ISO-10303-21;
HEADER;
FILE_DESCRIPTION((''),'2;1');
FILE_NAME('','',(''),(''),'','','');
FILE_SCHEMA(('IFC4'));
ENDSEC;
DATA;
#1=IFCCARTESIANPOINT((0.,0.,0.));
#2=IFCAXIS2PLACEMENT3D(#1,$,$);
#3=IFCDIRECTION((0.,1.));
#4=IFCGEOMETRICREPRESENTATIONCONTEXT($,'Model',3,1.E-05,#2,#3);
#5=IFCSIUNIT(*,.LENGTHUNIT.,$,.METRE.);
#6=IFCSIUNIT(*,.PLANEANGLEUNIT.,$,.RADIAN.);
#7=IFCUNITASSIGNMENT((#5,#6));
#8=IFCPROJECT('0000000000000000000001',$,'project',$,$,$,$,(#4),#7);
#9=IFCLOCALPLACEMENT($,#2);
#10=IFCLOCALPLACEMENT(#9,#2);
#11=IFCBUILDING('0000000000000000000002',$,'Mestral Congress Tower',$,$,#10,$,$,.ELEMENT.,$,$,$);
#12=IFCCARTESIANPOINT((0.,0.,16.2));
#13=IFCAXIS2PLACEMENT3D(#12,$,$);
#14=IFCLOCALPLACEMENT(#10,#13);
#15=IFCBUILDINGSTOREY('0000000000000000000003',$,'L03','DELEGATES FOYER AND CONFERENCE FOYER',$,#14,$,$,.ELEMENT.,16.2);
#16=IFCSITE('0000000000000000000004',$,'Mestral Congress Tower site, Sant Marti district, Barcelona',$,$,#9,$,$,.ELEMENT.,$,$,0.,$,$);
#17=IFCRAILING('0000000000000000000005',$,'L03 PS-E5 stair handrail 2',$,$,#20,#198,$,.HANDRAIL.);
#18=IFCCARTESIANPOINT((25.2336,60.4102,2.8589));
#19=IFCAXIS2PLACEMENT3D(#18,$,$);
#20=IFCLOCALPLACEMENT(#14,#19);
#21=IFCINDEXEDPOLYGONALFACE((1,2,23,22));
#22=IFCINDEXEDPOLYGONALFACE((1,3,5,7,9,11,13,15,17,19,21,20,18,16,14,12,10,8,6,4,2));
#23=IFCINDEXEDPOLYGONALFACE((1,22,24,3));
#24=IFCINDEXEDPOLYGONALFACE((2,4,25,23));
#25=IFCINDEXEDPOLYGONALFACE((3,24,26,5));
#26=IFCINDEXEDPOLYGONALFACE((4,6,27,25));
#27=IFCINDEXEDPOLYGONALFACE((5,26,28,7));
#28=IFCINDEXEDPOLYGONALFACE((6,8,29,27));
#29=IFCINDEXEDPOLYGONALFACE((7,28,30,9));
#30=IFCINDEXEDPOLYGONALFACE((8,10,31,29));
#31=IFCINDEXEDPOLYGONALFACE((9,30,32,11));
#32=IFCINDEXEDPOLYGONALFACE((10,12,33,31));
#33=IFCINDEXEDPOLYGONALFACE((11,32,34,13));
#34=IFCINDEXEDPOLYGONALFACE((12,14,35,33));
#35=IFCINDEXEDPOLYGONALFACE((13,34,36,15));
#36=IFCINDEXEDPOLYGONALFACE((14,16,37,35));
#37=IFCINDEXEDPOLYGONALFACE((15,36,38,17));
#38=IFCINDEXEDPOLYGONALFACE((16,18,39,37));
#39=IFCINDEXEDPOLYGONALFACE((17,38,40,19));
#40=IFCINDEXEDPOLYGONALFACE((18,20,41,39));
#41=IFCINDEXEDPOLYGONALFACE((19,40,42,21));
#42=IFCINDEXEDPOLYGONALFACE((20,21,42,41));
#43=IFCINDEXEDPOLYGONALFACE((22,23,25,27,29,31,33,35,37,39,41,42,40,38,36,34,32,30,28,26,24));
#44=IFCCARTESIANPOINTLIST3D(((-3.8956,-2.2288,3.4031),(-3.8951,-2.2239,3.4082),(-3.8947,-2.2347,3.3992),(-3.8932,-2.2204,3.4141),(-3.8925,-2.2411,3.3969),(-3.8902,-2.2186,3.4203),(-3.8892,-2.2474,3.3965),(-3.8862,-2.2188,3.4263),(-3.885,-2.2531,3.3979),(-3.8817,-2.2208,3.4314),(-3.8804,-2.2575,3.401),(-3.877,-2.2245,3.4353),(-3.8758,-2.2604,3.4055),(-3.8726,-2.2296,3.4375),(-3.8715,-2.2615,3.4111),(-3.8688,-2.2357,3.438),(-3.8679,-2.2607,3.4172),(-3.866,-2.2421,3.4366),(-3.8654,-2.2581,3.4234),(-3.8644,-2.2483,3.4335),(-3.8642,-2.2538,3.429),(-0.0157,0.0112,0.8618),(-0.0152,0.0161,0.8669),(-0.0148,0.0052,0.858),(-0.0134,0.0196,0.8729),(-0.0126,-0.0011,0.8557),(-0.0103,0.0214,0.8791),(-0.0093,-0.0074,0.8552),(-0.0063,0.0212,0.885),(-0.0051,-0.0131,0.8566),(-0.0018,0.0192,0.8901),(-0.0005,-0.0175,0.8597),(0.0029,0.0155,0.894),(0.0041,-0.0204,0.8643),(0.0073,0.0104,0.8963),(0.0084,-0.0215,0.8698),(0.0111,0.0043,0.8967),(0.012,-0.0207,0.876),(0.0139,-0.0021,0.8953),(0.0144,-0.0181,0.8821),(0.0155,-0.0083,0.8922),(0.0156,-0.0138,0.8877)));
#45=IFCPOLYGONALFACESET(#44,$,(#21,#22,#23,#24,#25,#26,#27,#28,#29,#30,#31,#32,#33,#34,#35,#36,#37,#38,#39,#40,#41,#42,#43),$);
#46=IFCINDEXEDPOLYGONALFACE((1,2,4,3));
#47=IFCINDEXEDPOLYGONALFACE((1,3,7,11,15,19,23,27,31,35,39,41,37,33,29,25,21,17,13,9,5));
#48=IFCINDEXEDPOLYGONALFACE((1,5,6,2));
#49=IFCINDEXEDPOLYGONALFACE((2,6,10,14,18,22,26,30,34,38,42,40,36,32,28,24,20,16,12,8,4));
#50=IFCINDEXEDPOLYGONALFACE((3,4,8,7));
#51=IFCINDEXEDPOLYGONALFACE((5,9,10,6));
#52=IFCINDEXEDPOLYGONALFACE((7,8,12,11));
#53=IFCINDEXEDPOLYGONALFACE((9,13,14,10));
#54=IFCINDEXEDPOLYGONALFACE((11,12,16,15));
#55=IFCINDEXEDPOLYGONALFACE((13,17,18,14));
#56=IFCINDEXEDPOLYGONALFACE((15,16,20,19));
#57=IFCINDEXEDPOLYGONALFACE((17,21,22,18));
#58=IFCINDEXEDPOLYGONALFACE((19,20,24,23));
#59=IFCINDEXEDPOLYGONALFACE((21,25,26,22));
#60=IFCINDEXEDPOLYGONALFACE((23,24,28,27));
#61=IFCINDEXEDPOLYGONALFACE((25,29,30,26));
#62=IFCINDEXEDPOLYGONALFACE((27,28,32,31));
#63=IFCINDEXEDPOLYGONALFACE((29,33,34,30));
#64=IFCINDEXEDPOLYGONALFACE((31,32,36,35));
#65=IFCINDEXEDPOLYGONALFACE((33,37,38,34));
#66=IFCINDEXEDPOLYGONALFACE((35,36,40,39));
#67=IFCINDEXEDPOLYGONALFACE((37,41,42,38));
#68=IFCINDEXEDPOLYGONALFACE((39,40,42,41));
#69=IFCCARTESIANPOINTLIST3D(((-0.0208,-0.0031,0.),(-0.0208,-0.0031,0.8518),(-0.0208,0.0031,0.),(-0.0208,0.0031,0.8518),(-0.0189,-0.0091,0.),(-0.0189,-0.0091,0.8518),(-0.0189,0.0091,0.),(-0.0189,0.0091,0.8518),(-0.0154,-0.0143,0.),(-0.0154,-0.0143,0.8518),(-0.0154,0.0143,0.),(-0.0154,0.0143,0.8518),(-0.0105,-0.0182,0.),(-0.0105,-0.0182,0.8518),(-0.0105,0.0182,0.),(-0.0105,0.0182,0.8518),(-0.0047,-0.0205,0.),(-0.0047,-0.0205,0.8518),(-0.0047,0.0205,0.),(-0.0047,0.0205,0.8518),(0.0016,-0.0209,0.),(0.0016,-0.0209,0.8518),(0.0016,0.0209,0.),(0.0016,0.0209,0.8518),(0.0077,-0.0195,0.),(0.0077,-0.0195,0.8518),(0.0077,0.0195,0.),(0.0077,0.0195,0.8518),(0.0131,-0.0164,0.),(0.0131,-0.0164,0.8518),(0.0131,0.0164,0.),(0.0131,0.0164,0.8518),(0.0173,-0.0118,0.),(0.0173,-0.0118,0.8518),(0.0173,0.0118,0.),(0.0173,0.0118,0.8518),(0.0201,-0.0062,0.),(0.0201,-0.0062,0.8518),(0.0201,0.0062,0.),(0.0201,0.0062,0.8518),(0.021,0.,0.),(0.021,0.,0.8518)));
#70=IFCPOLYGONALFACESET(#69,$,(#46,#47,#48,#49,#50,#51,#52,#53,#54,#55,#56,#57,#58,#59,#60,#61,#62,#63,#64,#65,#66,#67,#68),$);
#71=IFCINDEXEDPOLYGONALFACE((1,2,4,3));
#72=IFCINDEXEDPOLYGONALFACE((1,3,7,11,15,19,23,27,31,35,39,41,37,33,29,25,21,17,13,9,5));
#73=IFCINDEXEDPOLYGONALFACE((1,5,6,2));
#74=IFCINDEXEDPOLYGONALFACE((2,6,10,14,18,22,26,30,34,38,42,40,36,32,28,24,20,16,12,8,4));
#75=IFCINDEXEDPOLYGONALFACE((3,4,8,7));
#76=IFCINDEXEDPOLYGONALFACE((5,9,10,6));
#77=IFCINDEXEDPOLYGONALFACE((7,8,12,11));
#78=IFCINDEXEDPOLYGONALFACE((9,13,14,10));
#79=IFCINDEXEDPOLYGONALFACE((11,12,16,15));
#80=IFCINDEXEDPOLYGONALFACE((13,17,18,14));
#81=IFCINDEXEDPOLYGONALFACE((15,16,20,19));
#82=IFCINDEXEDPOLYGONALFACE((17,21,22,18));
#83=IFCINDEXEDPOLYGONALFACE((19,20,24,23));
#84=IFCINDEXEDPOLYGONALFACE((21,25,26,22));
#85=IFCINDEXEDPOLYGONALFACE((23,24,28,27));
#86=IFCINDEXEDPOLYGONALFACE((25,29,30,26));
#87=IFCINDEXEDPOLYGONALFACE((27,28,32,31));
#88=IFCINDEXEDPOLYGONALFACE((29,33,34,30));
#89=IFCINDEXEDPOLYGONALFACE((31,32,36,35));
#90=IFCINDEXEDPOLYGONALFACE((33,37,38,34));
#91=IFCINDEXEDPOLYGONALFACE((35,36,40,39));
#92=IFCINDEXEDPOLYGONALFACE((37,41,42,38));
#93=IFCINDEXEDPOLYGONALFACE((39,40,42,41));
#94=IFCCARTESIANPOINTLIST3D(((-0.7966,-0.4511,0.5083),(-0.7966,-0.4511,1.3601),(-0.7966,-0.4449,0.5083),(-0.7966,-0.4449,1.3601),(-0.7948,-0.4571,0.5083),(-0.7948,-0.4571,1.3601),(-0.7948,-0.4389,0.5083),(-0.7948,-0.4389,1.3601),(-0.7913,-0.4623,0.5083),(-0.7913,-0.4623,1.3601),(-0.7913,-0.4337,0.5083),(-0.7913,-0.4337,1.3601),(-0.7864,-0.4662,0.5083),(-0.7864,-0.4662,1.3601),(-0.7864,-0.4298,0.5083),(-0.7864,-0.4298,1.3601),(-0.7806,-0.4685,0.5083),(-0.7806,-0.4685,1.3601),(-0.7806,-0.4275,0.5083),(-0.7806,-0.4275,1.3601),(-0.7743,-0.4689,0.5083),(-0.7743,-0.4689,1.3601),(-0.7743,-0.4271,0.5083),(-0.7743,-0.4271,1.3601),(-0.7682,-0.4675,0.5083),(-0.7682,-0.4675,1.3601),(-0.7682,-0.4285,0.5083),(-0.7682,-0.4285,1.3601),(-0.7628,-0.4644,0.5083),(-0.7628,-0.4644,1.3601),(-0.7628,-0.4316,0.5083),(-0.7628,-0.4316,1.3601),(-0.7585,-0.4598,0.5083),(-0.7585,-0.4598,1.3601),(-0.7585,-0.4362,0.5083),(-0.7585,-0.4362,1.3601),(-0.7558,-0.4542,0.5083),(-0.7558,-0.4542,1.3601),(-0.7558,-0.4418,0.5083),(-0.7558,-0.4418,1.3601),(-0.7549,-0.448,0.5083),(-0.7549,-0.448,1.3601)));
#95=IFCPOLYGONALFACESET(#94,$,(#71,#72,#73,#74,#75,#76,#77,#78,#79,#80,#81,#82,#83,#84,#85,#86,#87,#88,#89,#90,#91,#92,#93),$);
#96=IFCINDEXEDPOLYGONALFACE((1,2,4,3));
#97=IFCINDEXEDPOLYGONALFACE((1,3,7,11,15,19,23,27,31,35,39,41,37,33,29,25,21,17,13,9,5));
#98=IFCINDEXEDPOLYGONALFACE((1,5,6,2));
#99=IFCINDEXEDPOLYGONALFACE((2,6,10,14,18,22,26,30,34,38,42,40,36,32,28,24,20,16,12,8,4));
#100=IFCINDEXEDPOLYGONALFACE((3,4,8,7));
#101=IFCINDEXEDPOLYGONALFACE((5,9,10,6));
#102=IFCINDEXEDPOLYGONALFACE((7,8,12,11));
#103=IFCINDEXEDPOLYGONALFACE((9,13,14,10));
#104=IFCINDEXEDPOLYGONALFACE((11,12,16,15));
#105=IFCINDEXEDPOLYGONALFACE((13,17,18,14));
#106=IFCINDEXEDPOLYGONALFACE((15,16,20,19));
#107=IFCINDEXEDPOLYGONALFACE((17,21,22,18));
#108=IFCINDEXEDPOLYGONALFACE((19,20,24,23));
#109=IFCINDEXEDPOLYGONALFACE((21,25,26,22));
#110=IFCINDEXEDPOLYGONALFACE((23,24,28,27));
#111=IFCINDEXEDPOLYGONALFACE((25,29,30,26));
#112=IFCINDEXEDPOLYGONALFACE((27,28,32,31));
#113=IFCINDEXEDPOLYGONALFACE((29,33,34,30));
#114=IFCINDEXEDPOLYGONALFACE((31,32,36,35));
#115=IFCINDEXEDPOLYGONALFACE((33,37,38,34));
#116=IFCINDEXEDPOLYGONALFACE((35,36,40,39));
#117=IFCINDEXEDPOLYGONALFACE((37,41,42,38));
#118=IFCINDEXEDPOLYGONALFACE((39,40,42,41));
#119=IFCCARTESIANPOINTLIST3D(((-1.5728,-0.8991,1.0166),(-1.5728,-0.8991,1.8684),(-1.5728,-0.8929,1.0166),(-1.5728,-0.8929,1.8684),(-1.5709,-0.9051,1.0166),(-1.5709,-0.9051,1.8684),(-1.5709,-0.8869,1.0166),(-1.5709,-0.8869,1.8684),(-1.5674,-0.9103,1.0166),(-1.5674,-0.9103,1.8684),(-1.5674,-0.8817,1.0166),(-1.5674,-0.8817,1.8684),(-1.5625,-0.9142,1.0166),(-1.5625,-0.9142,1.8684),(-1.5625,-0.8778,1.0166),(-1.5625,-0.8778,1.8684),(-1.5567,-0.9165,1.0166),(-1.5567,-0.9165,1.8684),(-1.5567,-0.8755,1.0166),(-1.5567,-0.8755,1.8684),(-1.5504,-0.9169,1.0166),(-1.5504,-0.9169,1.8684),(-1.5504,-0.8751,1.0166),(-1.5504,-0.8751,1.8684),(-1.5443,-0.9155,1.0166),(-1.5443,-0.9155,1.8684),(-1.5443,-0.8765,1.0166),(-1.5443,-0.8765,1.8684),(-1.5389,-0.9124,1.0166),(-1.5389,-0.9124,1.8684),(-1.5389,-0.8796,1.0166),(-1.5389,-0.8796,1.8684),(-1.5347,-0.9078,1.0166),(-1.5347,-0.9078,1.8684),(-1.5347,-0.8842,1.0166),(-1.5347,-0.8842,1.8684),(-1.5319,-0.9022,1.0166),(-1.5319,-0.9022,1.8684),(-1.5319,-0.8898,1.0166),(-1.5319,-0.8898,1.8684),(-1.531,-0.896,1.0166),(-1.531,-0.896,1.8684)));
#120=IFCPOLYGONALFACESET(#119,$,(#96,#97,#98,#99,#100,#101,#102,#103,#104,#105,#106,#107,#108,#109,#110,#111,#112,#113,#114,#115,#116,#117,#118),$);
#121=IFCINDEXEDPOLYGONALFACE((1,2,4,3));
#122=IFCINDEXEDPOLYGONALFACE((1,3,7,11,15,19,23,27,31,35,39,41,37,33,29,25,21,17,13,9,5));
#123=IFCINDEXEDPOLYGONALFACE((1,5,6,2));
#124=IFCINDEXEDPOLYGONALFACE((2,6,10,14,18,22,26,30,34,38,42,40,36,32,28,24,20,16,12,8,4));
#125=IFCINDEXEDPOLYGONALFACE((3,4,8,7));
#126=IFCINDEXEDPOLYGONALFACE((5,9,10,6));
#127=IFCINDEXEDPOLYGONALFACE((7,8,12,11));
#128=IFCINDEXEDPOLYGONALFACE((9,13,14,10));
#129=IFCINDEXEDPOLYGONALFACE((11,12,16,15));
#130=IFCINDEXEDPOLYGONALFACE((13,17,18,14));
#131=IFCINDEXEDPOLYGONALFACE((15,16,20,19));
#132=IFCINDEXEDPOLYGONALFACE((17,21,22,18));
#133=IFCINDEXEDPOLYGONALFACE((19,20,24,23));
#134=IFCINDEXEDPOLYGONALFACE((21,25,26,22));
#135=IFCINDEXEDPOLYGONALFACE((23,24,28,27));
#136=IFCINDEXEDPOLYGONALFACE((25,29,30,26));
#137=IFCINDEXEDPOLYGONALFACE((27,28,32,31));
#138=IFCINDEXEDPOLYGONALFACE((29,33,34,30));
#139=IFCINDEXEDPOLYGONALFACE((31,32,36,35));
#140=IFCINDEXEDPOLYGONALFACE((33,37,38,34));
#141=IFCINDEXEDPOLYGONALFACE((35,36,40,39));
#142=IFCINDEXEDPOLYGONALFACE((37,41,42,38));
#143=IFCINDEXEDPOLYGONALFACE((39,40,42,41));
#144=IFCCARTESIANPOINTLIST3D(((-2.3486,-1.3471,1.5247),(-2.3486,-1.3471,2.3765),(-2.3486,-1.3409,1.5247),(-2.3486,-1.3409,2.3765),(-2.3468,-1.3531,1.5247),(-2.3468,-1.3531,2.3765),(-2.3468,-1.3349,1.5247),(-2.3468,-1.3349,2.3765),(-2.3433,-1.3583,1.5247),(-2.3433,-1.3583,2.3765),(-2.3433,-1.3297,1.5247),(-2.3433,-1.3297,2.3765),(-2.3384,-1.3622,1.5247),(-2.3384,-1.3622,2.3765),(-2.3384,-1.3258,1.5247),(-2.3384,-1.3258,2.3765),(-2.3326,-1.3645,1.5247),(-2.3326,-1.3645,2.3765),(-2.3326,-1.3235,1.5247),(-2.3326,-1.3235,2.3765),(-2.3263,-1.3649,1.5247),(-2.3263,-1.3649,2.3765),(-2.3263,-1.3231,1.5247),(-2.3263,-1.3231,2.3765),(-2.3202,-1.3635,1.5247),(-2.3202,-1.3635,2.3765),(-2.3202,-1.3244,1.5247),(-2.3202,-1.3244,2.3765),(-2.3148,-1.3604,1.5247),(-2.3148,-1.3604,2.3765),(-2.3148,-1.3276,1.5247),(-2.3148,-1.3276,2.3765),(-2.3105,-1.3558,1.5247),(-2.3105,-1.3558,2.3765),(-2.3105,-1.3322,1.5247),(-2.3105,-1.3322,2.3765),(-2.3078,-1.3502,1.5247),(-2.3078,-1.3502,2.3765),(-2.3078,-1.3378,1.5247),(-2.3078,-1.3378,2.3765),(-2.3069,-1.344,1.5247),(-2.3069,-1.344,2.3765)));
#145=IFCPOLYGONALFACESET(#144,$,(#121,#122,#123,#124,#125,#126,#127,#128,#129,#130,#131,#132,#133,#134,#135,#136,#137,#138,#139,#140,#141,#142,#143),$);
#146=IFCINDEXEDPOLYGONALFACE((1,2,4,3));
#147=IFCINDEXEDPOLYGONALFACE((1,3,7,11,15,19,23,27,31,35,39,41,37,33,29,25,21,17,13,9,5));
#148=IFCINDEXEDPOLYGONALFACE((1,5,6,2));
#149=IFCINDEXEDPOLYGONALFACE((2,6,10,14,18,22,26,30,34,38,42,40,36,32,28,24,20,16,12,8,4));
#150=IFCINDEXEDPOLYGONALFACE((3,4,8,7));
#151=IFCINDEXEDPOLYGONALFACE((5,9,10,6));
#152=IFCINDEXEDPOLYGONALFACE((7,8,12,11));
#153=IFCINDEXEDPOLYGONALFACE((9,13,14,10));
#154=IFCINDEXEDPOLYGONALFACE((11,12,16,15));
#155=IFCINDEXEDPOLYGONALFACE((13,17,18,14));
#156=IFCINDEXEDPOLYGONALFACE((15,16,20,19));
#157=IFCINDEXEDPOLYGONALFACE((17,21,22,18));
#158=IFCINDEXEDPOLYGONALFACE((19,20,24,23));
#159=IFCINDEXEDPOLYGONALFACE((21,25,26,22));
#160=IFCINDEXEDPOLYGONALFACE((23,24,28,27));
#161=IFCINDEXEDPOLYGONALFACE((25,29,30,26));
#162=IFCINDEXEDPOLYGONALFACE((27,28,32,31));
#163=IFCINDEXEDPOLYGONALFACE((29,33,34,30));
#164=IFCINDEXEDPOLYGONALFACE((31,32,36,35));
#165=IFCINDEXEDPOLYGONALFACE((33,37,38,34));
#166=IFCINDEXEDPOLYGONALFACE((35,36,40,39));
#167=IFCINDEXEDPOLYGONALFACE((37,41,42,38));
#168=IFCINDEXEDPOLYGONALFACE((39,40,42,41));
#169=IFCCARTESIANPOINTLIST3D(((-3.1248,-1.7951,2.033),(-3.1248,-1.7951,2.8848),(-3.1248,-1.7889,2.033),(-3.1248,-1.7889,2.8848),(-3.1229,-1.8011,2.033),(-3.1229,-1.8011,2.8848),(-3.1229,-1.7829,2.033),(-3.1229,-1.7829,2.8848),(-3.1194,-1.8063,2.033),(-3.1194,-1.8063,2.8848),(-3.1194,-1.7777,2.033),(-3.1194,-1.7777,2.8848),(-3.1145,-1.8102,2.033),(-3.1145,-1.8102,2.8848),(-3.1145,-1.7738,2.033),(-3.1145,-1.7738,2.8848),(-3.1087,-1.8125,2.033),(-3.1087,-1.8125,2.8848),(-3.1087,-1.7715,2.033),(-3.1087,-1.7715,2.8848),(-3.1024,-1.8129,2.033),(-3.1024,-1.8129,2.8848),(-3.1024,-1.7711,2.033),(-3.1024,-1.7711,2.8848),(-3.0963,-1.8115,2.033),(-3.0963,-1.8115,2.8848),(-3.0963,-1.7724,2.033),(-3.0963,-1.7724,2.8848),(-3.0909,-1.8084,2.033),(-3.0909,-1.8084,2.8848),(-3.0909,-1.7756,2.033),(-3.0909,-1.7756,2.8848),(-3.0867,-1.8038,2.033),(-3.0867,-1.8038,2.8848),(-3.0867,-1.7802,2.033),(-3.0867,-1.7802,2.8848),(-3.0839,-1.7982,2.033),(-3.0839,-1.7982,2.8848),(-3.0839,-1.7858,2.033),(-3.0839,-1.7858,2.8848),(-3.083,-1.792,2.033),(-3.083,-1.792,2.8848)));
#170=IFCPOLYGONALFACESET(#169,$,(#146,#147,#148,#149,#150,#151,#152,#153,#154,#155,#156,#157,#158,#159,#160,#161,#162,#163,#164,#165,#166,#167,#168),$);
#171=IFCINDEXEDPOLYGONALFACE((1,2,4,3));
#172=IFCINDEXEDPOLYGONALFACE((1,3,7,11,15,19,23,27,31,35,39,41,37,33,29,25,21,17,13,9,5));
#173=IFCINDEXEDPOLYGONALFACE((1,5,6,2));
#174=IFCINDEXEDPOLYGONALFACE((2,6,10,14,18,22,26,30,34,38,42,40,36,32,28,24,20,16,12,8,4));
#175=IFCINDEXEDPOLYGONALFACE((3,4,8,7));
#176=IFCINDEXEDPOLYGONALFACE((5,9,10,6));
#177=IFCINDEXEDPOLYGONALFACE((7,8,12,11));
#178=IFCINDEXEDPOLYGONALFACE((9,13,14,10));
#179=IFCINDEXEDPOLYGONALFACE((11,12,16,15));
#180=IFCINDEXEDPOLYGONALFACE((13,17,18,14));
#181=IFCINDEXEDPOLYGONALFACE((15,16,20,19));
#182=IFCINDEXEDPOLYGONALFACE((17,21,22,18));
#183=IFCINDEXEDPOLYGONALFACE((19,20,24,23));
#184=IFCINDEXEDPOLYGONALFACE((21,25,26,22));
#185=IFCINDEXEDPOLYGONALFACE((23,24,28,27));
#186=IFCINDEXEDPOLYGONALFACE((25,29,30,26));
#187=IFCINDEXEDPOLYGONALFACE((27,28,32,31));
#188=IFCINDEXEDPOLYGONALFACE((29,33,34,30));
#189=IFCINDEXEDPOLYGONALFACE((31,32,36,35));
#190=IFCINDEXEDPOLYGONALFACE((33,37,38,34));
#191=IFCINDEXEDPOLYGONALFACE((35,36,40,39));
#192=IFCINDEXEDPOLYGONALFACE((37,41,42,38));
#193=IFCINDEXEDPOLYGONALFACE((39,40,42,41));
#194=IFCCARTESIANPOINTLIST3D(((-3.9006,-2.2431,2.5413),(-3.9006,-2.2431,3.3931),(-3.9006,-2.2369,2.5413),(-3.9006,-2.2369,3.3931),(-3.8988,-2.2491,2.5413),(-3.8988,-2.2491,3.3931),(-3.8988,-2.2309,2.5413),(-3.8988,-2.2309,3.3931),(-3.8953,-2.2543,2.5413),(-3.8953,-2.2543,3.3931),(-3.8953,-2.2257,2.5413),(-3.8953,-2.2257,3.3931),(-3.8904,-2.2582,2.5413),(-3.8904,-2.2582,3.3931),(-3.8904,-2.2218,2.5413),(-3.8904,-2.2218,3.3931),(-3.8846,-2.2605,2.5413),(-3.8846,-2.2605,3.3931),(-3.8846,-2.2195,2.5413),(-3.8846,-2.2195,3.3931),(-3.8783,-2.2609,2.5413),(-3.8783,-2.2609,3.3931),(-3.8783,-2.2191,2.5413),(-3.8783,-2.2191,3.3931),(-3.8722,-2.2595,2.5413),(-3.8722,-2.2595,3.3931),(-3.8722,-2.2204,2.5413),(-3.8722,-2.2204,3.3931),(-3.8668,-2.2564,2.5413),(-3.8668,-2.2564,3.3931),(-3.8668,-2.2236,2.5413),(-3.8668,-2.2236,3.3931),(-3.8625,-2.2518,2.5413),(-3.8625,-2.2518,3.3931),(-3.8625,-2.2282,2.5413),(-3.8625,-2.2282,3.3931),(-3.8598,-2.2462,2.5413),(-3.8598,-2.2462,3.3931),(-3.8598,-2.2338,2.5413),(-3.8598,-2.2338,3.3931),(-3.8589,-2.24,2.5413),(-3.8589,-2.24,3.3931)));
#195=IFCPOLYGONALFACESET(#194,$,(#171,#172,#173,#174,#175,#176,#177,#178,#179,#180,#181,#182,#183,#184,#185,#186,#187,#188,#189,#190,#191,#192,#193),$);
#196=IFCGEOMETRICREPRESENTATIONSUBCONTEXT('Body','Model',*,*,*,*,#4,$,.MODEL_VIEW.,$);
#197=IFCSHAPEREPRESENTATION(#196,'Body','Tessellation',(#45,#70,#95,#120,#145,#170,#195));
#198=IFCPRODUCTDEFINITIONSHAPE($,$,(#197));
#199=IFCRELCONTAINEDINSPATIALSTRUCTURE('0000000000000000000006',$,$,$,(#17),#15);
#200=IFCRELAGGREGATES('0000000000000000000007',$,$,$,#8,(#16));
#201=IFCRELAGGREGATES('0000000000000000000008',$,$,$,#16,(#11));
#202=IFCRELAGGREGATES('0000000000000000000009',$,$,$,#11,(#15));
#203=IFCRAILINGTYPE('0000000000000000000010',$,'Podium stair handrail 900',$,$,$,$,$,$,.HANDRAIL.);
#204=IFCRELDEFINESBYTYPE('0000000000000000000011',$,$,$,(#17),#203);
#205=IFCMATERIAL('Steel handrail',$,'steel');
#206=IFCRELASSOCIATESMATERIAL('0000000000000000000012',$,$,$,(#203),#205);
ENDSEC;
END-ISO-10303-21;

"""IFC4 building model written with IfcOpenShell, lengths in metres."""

from ifc_helpers import new_model, si_unit, direction, frame, origin, origin_2d, place, context, subcontext, project, spatial, circle, extrude, material, type_object, element, save


model = new_model("IFC4")

# Units and contexts
model_context = context("Model", 3, precision=1e-05, world=origin(), true_north=direction((0.0, 1.0)))
body_context = subcontext(model_context, "Body", "Model", "MODEL_VIEW")
ifc_project = project(units=[si_unit("LENGTHUNIT", "METRE"), si_unit("PLANEANGLEUNIT", "RADIAN")], contexts=[model_context])

# Site, building, storey
site_placement = place(None, origin())
site = spatial("IfcSite", under=ifc_project, at=site_placement, Name="Mestral Congress Tower site, Sant Marti district, Barcelona", CompositionType="ELEMENT", RefElevation=0.0)
building_placement = place(site_placement, origin())
building = spatial("IfcBuilding", under=site, at=building_placement, Name="Mestral Congress Tower", CompositionType="ELEMENT")
storey_placement = place(building_placement, frame((0.0, 0.0, 16.2)))
storey = spatial("IfcBuildingStorey", under=building, at=storey_placement, Name="L03", Description="DELEGATES FOYER AND CONFERENCE FOYER", CompositionType="ELEMENT", Elevation=16.2)

# Railing
ifc_material_1 = material(Name="Steel handrail", Category="steel")
railing_type_1 = type_object("IfcRailingType", Name="Podium stair handrail 900", PredefinedType="HANDRAIL", material=ifc_material_1)
railing_1_placement = place(storey_placement, frame((25.2336, 60.4102, 2.8589)))
element("IfcRailing", 1, at=railing_1_placement, inside=storey, type_object=railing_type_1, Name="L03 PS-E5 stair handrail 2", PredefinedType="HANDRAIL", context=body_context, shape_type="SweptSolid", body=[
    extrude(circle(Radius=0.0239, at=origin_2d()), frame((0.0, 0.0, 0.876), z_axis=(-0.753282, -0.434896, 0.493388), x_axis=(0.49999, -0.866031, 0.0)), (0.0, 0.0, 1.0), 5.1506),
    extrude(circle(Radius=0.021, at=origin_2d()), origin(), (0.0, 0.0, 1.0), 0.8518),
    extrude(circle(Radius=0.021, at=origin_2d()), frame((-0.7759, -0.448, 0.5083)), (0.0, 0.0, 1.0), 0.8518),
    extrude(circle(Radius=0.021, at=origin_2d()), frame((-1.552, -0.896, 1.0166)), (0.0, 0.0, 1.0), 0.8518),
    extrude(circle(Radius=0.021, at=origin_2d()), frame((-2.3279, -1.344, 1.5247)), (0.0, 0.0, 1.0), 0.8518),
    extrude(circle(Radius=0.021, at=origin_2d()), frame((-3.104, -1.792, 2.033)), (0.0, 0.0, 1.0), 0.8518),
    extrude(circle(Radius=0.021, at=origin_2d()), frame((-3.8799, -2.24, 2.5413)), (0.0, 0.0, 1.0), 0.8518),
])

save(model, "model.ifc")
